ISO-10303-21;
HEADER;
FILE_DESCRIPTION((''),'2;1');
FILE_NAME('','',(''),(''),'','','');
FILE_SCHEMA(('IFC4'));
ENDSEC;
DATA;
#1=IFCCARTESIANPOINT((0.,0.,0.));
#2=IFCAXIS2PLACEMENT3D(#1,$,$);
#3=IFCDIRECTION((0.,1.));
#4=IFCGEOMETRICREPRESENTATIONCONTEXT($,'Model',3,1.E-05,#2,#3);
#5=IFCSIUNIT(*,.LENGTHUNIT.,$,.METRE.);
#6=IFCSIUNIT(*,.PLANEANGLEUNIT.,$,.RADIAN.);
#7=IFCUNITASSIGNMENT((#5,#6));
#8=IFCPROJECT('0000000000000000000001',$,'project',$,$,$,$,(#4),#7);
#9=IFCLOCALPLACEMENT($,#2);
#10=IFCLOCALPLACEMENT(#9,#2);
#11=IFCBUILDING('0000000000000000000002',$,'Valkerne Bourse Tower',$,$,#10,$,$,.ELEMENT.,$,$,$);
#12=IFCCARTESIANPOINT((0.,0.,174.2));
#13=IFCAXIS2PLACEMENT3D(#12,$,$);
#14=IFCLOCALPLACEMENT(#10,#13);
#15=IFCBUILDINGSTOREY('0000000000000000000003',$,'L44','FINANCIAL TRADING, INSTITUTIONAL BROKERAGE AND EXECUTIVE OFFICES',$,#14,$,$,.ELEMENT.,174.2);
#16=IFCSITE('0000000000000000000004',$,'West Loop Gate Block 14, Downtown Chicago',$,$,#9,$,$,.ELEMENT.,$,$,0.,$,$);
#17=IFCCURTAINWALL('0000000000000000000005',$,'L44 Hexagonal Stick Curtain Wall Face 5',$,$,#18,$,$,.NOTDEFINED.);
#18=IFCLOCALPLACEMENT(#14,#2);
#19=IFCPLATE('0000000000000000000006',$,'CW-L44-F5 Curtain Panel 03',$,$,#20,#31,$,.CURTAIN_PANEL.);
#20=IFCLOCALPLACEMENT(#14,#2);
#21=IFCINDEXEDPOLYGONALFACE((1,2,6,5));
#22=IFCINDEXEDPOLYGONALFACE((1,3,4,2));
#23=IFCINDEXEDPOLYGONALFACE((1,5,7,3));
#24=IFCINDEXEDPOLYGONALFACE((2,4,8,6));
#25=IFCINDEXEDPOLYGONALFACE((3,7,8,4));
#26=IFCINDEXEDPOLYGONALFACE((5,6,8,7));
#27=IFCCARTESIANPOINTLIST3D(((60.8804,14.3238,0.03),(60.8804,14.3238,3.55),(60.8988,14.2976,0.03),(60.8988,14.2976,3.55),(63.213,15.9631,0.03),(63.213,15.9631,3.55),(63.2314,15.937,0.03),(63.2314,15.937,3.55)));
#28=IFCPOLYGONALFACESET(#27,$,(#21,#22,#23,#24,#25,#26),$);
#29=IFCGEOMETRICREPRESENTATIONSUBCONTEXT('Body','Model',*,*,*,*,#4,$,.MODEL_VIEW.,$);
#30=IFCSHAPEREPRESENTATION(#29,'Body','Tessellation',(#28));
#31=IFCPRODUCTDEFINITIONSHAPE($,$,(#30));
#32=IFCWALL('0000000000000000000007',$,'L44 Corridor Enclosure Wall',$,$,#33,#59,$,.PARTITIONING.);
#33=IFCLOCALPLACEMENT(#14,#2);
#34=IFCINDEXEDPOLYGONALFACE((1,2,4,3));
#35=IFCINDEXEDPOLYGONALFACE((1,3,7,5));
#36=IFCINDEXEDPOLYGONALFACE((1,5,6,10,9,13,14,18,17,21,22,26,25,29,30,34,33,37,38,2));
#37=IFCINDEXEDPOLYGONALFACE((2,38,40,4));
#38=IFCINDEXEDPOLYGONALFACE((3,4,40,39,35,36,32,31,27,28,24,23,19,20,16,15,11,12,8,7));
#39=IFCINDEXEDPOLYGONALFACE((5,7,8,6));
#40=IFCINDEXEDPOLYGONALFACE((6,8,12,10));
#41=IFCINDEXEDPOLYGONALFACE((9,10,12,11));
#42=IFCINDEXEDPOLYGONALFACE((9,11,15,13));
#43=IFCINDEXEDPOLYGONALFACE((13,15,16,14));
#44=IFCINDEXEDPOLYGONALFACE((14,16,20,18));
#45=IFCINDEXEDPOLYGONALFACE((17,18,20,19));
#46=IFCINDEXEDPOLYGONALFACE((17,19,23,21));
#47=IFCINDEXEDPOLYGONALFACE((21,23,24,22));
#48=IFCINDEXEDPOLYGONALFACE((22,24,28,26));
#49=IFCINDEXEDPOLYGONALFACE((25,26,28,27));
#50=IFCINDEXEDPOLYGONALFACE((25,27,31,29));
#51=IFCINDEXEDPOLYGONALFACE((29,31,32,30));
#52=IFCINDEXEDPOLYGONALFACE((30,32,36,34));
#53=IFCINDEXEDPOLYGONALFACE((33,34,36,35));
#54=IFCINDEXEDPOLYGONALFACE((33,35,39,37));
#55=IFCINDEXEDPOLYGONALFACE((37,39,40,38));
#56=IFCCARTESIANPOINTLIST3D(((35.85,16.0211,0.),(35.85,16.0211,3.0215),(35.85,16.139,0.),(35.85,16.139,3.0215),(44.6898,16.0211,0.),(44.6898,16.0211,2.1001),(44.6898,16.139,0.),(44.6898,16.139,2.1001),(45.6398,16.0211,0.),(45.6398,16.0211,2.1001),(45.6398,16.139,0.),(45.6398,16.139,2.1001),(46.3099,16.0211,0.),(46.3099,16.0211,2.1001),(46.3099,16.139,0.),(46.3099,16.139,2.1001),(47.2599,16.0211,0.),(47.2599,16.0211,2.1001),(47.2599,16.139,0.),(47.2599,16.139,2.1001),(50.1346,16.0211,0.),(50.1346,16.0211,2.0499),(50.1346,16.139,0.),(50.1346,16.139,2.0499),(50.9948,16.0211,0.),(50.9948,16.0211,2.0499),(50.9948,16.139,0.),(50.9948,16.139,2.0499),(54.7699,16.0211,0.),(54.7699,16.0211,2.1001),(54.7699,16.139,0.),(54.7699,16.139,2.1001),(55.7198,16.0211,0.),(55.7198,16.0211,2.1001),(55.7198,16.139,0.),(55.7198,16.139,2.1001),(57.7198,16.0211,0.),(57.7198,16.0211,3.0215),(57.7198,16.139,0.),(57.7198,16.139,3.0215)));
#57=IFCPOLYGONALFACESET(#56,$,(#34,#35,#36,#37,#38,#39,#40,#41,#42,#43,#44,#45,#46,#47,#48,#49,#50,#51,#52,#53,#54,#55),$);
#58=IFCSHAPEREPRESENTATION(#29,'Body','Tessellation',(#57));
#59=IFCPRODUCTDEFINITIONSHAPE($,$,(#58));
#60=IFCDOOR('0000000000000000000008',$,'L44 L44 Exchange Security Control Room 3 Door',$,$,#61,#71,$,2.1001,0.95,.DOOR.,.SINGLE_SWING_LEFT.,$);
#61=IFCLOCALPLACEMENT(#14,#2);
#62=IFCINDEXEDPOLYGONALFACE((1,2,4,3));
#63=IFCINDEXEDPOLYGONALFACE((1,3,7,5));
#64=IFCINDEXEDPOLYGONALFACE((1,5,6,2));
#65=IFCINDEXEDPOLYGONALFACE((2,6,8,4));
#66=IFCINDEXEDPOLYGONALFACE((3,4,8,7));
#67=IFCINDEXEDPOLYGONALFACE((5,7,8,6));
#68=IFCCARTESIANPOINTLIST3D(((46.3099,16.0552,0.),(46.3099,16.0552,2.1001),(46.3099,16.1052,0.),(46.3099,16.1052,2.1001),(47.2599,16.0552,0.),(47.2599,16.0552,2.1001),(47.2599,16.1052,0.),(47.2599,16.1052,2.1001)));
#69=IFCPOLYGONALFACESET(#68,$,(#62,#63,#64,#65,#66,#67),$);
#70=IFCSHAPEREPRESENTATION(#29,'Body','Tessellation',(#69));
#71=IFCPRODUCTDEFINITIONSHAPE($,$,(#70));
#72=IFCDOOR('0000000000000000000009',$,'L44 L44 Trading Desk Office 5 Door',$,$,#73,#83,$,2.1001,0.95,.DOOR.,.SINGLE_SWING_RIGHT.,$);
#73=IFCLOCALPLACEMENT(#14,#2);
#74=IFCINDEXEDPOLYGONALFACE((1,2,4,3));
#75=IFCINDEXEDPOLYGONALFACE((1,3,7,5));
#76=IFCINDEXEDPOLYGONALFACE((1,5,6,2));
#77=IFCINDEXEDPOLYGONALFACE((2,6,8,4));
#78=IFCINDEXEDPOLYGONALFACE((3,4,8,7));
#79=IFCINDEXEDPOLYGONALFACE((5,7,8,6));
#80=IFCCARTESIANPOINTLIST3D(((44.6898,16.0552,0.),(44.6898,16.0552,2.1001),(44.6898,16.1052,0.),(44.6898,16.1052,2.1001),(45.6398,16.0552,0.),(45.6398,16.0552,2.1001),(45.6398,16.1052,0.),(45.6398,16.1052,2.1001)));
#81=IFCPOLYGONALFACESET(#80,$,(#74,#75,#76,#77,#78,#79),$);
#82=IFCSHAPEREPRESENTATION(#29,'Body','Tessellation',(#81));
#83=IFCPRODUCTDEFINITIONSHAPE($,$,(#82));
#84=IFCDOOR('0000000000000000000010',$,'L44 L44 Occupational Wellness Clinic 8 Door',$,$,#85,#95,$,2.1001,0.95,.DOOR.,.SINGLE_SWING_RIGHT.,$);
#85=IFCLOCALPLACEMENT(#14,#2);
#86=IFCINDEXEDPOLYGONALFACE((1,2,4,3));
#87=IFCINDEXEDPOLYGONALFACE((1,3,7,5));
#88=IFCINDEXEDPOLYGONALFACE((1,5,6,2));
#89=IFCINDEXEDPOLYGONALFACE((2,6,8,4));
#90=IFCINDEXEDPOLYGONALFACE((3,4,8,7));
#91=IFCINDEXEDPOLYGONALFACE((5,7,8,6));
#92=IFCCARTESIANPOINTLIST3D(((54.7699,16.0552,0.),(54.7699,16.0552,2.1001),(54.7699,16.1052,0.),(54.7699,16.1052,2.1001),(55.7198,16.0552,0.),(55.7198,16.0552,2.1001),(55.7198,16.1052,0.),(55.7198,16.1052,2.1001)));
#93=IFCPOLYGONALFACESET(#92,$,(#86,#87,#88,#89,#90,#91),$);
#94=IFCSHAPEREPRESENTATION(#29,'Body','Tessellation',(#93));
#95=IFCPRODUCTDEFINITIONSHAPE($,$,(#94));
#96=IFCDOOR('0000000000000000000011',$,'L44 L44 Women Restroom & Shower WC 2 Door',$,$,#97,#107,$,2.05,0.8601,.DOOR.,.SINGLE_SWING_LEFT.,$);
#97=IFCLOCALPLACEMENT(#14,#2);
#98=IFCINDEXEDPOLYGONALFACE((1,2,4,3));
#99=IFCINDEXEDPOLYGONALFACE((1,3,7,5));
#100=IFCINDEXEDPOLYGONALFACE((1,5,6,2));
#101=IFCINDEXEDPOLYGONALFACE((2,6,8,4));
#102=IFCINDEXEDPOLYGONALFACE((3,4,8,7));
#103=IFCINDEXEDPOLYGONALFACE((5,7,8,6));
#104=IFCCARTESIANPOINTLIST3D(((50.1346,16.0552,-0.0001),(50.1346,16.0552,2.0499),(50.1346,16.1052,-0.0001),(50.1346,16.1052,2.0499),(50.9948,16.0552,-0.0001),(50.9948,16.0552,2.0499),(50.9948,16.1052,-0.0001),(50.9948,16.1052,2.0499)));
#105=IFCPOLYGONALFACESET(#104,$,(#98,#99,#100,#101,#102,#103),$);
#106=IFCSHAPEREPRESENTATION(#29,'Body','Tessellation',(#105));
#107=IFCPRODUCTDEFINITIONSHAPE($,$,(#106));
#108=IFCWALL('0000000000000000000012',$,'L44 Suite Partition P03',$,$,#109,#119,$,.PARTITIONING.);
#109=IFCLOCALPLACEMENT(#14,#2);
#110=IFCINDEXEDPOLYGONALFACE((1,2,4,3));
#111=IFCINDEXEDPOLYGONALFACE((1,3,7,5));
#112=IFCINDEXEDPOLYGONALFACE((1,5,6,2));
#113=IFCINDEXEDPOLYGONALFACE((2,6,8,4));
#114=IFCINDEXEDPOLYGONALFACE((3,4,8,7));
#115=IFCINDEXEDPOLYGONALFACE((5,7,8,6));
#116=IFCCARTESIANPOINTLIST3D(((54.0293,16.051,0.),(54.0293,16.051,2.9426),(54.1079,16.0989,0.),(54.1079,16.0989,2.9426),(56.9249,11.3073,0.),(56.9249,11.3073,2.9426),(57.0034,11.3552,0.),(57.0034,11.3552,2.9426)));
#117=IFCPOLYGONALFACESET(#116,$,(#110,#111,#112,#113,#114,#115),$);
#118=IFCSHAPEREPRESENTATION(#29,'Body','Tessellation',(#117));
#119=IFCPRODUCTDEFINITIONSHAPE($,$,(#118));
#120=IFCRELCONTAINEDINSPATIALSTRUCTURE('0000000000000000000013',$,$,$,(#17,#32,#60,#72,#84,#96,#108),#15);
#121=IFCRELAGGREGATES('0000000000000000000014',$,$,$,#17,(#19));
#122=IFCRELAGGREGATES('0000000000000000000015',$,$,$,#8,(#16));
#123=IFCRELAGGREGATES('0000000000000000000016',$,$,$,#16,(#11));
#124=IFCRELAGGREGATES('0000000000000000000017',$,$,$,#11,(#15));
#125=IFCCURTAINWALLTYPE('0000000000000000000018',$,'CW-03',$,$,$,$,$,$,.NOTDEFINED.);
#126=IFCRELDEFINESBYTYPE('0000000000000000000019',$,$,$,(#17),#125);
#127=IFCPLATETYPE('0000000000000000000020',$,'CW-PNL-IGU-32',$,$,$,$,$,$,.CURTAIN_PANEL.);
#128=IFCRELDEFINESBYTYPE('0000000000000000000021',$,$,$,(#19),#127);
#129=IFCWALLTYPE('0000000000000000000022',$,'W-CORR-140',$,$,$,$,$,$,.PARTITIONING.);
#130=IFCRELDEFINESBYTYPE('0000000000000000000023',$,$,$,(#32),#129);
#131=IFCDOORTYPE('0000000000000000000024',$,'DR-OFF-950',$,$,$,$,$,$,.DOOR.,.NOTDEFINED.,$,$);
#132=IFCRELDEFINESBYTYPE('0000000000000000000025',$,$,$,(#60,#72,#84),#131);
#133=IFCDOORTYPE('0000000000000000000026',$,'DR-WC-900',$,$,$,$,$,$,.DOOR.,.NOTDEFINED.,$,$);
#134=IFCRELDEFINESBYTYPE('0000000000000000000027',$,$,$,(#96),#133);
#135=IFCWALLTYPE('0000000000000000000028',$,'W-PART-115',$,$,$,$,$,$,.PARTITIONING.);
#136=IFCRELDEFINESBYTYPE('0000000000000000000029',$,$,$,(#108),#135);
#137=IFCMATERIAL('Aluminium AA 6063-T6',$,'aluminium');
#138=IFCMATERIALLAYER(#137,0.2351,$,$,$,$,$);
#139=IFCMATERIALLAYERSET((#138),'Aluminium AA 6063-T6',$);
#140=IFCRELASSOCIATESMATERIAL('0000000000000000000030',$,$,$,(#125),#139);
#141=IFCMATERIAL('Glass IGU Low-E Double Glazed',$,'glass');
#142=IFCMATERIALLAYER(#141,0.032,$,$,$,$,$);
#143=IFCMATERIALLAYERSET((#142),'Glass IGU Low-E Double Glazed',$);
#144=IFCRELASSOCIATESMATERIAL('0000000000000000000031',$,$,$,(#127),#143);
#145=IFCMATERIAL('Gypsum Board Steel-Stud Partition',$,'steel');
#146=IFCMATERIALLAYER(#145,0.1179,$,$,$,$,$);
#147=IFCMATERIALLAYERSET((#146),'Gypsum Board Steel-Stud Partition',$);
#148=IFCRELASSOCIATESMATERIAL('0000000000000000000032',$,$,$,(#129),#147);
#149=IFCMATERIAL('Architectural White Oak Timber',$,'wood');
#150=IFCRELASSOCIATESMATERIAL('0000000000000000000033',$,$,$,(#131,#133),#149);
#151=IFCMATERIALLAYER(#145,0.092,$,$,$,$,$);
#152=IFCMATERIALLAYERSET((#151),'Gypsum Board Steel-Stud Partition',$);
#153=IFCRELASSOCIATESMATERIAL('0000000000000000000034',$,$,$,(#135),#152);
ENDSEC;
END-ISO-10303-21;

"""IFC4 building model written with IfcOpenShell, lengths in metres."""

from ifc_helpers import new_model, si_unit, direction, frame, frame_2d, origin, origin_2d, place, context, subcontext, project, spatial, rectangle, extrude, material, layer, layer_set, type_object, element, fill, aggregate, save


model = new_model("IFC4")

# Units and contexts
model_context = context("Model", 3, precision=1e-05, world=origin(), true_north=direction((0.0, 1.0)))
body_context = subcontext(model_context, "Body", "Model", "MODEL_VIEW")
ifc_project = project(units=[si_unit("LENGTHUNIT", "METRE"), si_unit("PLANEANGLEUNIT", "RADIAN")], contexts=[model_context])

# Site, building, storey
site_placement = place(None, origin())
site = spatial("IfcSite", under=ifc_project, at=site_placement, Name="West Loop Gate Block 14, Downtown Chicago", CompositionType="ELEMENT", RefElevation=0.0)
building_placement = place(site_placement, origin())
building = spatial("IfcBuilding", under=site, at=building_placement, Name="Valkerne Bourse Tower", CompositionType="ELEMENT")
storey_placement = place(building_placement, frame((0.0, 0.0, 174.2)))
storey = spatial("IfcBuildingStorey", under=building, at=storey_placement, Name="L44", Description="FINANCIAL TRADING, INSTITUTIONAL BROKERAGE AND EXECUTIVE OFFICES", CompositionType="ELEMENT", Elevation=174.2)

# Curtain wall
ifc_material_1 = material(Name="Aluminium AA 6063-T6", Category="aluminium")
ifc_layer_1 = layer(ifc_material_1, 0.2351)
ifc_layer_set_1 = layer_set([ifc_layer_1], Name="Aluminium AA 6063-T6")
curtain_wall_type = type_object("IfcCurtainWallType", Name="CW-03", PredefinedType="NOTDEFINED", material=ifc_layer_set_1)
curtain_wall_placement = place(storey_placement, origin())
curtain_wall = element("IfcCurtainWall", 1, at=curtain_wall_placement, inside=storey, type_object=curtain_wall_type, Name="L44 Hexagonal Stick Curtain Wall Face 5", PredefinedType="NOTDEFINED")

# Plate
ifc_material_2 = material(Name="Glass IGU Low-E Double Glazed", Category="glass")
ifc_layer_2 = layer(ifc_material_2, 0.032)
ifc_layer_set_2 = layer_set([ifc_layer_2], Name="Glass IGU Low-E Double Glazed")
plate_type = type_object("IfcPlateType", Name="CW-PNL-IGU-32", PredefinedType="CURTAIN_PANEL", material=ifc_layer_set_2)
plate_1_placement = place(storey_placement, frame((62.0559, 15.1304, 0.03), z_axis=(0.0, 0.0, 1.0), x_axis=(0.818152, 0.575003, 0.0)))
plate_1 = element("IfcPlate", 2, at=plate_1_placement, type_object=plate_type, Name="CW-L44-F5 Curtain Panel 03", PredefinedType="CURTAIN_PANEL", context=body_context, shape_type="SweptSolid", body=[
    extrude(rectangle(XDim=2.8511, YDim=0.032, at=origin_2d()), origin(), (0.0, 0.0, 1.0), 3.52),
])
aggregate(curtain_wall, [plate_1])

# Wall, openings, doors
ifc_material_3 = material(Name="Gypsum Board Steel-Stud Partition", Category="steel")
ifc_layer_3 = layer(ifc_material_3, 0.1179)
ifc_layer_set_3 = layer_set([ifc_layer_3], Name="Gypsum Board Steel-Stud Partition")
wall_type_1 = type_object("IfcWallType", Name="W-CORR-140", PredefinedType="PARTITIONING", material=ifc_layer_set_3)
wall_1_placement = place(storey_placement, frame((57.72, 16.0801, 0.0), z_axis=(0.0, 0.0, 1.0), x_axis=(-1.0, 0.0, 0.0)))
wall_1 = element("IfcWall", 3, at=wall_1_placement, inside=storey, type_object=wall_type_1, Name="L44 Corridor Enclosure Wall", PredefinedType="PARTITIONING", context=body_context, shape_type="SweptSolid", body=[
    extrude(rectangle(XDim=21.8699, YDim=0.1179, at=frame_2d((10.9351, 0.0))), origin(), (0.0, 0.0, 1.0), 3.0215),
])
opening_1_placement = place(wall_1_placement, frame((6.7251, 0.0, 0.0)))
opening_1 = element("IfcOpeningElement", 4, at=opening_1_placement, cuts=wall_1, PredefinedType="OPENING", context=body_context, shape_type="SweptSolid", body=[
    extrude(rectangle(XDim=0.8601, YDim=2.05, at=frame_2d((0.4302, 1.0249))), frame((0.0, 0.0688, 0.0), z_axis=(0.0, -1.0, 0.0), x_axis=(1.0, 0.0, 0.0)), (0.0, 0.0, 1.0), 0.1379),
])
opening_2_placement = place(wall_1_placement, frame((10.46, 0.0, 0.0)))
opening_2 = element("IfcOpeningElement", 5, at=opening_2_placement, cuts=wall_1, PredefinedType="OPENING", context=body_context, shape_type="SweptSolid", body=[
    extrude(rectangle(XDim=0.95, YDim=2.1001, at=frame_2d((0.4751, 1.05))), frame((0.0, 0.0688, 0.0), z_axis=(0.0, -1.0, 0.0), x_axis=(1.0, 0.0, 0.0)), (0.0, 0.0, 1.0), 0.1379),
])
opening_3_placement = place(wall_1_placement, frame((12.0801, 0.0, 0.0)))
opening_3 = element("IfcOpeningElement", 6, at=opening_3_placement, cuts=wall_1, PredefinedType="OPENING", context=body_context, shape_type="SweptSolid", body=[
    extrude(rectangle(XDim=0.95, YDim=2.1001, at=frame_2d((0.4751, 1.05))), frame((0.0, 0.0688, 0.0), z_axis=(0.0, -1.0, 0.0), x_axis=(1.0, 0.0, 0.0)), (0.0, 0.0, 1.0), 0.1379),
])
opening_4_placement = place(wall_1_placement, frame((2.0, 0.0, 0.0)))
opening_4 = element("IfcOpeningElement", 7, at=opening_4_placement, cuts=wall_1, PredefinedType="OPENING", context=body_context, shape_type="SweptSolid", body=[
    extrude(rectangle(XDim=0.95, YDim=2.1001, at=frame_2d((0.4751, 1.05))), frame((0.0, 0.0688, 0.0), z_axis=(0.0, -1.0, 0.0), x_axis=(1.0, 0.0, 0.0)), (0.0, 0.0, 1.0), 0.1379),
])
ifc_material_4 = material(Name="Architectural White Oak Timber", Category="wood")
door_type_1 = type_object("IfcDoorType", Name="DR-OFF-950", OperationType="NOTDEFINED", PredefinedType="DOOR", material=ifc_material_4)
door_1_placement = place(opening_2_placement, origin())
door_1 = element("IfcDoor", 8, at=door_1_placement, inside=storey, type_object=door_type_1, Name="L44 L44 Exchange Security Control Room 3 Door", OperationType="SINGLE_SWING_LEFT", OverallHeight=2.1001, OverallWidth=0.95, PredefinedType="DOOR", context=body_context, shape_type="SweptSolid", body=[
    extrude(rectangle(XDim=0.95, YDim=2.1001, at=frame_2d((0.4751, 1.05))), frame((0.0, 0.0249, 0.0), z_axis=(0.0, -1.0, 0.0), x_axis=(1.0, 0.0, 0.0)), (0.0, 0.0, 1.0), 0.05),
])
fill(opening_2, door_1)
door_2_placement = place(opening_3_placement, origin())
door_2 = element("IfcDoor", 9, at=door_2_placement, inside=storey, type_object=door_type_1, Name="L44 L44 Trading Desk Office 5 Door", OperationType="SINGLE_SWING_RIGHT", OverallHeight=2.1001, OverallWidth=0.95, PredefinedType="DOOR", context=body_context, shape_type="SweptSolid", body=[
    extrude(rectangle(XDim=0.95, YDim=2.1001, at=frame_2d((0.4751, 1.05))), frame((0.0, 0.0249, 0.0), z_axis=(0.0, -1.0, 0.0), x_axis=(1.0, 0.0, 0.0)), (0.0, 0.0, 1.0), 0.05),
])
fill(opening_3, door_2)
door_3_placement = place(opening_4_placement, origin())
door_3 = element("IfcDoor", 10, at=door_3_placement, inside=storey, type_object=door_type_1, Name="L44 L44 Occupational Wellness Clinic 8 Door", OperationType="SINGLE_SWING_RIGHT", OverallHeight=2.1001, OverallWidth=0.95, PredefinedType="DOOR", context=body_context, shape_type="SweptSolid", body=[
    extrude(rectangle(XDim=0.95, YDim=2.1001, at=frame_2d((0.4751, 1.05))), frame((0.0, 0.0249, 0.0), z_axis=(0.0, -1.0, 0.0), x_axis=(1.0, 0.0, 0.0)), (0.0, 0.0, 1.0), 0.05),
])
fill(opening_4, door_3)
door_type_2 = type_object("IfcDoorType", Name="DR-WC-900", OperationType="NOTDEFINED", PredefinedType="DOOR", material=ifc_material_4)
door_4_placement = place(opening_1_placement, origin())
door_4 = element("IfcDoor", 11, at=door_4_placement, inside=storey, type_object=door_type_2, Name="L44 L44 Women Restroom & Shower WC 2 Door", OperationType="SINGLE_SWING_LEFT", OverallHeight=2.05, OverallWidth=0.8601, PredefinedType="DOOR", context=body_context, shape_type="SweptSolid", body=[
    extrude(rectangle(XDim=0.8601, YDim=2.05, at=frame_2d((0.4302, 1.0249))), frame((0.0, 0.0249, 0.0), z_axis=(0.0, -1.0, 0.0), x_axis=(1.0, 0.0, 0.0)), (0.0, 0.0, 1.0), 0.05),
])
fill(opening_1, door_4)

# Wall
ifc_layer_4 = layer(ifc_material_3, 0.092)
ifc_layer_set_4 = layer_set([ifc_layer_4], Name="Gypsum Board Steel-Stud Partition")
wall_type_2 = type_object("IfcWallType", Name="W-PART-115", PredefinedType="PARTITIONING", material=ifc_layer_set_4)
wall_2_placement = place(storey_placement, frame((54.0686, 16.075, 0.0), z_axis=(0.0, 0.0, 1.0), x_axis=(0.521006, -0.853553, 0.0)))
element("IfcWall", 12, at=wall_2_placement, inside=storey, type_object=wall_type_2, Name="L44 Suite Partition P03", PredefinedType="PARTITIONING", context=body_context, shape_type="SweptSolid", body=[
    extrude(rectangle(XDim=5.5576, YDim=0.092, at=frame_2d((2.7788, 0.0))), origin(), (0.0, 0.0, 1.0), 2.9426),
])

save(model, "model.ifc")
